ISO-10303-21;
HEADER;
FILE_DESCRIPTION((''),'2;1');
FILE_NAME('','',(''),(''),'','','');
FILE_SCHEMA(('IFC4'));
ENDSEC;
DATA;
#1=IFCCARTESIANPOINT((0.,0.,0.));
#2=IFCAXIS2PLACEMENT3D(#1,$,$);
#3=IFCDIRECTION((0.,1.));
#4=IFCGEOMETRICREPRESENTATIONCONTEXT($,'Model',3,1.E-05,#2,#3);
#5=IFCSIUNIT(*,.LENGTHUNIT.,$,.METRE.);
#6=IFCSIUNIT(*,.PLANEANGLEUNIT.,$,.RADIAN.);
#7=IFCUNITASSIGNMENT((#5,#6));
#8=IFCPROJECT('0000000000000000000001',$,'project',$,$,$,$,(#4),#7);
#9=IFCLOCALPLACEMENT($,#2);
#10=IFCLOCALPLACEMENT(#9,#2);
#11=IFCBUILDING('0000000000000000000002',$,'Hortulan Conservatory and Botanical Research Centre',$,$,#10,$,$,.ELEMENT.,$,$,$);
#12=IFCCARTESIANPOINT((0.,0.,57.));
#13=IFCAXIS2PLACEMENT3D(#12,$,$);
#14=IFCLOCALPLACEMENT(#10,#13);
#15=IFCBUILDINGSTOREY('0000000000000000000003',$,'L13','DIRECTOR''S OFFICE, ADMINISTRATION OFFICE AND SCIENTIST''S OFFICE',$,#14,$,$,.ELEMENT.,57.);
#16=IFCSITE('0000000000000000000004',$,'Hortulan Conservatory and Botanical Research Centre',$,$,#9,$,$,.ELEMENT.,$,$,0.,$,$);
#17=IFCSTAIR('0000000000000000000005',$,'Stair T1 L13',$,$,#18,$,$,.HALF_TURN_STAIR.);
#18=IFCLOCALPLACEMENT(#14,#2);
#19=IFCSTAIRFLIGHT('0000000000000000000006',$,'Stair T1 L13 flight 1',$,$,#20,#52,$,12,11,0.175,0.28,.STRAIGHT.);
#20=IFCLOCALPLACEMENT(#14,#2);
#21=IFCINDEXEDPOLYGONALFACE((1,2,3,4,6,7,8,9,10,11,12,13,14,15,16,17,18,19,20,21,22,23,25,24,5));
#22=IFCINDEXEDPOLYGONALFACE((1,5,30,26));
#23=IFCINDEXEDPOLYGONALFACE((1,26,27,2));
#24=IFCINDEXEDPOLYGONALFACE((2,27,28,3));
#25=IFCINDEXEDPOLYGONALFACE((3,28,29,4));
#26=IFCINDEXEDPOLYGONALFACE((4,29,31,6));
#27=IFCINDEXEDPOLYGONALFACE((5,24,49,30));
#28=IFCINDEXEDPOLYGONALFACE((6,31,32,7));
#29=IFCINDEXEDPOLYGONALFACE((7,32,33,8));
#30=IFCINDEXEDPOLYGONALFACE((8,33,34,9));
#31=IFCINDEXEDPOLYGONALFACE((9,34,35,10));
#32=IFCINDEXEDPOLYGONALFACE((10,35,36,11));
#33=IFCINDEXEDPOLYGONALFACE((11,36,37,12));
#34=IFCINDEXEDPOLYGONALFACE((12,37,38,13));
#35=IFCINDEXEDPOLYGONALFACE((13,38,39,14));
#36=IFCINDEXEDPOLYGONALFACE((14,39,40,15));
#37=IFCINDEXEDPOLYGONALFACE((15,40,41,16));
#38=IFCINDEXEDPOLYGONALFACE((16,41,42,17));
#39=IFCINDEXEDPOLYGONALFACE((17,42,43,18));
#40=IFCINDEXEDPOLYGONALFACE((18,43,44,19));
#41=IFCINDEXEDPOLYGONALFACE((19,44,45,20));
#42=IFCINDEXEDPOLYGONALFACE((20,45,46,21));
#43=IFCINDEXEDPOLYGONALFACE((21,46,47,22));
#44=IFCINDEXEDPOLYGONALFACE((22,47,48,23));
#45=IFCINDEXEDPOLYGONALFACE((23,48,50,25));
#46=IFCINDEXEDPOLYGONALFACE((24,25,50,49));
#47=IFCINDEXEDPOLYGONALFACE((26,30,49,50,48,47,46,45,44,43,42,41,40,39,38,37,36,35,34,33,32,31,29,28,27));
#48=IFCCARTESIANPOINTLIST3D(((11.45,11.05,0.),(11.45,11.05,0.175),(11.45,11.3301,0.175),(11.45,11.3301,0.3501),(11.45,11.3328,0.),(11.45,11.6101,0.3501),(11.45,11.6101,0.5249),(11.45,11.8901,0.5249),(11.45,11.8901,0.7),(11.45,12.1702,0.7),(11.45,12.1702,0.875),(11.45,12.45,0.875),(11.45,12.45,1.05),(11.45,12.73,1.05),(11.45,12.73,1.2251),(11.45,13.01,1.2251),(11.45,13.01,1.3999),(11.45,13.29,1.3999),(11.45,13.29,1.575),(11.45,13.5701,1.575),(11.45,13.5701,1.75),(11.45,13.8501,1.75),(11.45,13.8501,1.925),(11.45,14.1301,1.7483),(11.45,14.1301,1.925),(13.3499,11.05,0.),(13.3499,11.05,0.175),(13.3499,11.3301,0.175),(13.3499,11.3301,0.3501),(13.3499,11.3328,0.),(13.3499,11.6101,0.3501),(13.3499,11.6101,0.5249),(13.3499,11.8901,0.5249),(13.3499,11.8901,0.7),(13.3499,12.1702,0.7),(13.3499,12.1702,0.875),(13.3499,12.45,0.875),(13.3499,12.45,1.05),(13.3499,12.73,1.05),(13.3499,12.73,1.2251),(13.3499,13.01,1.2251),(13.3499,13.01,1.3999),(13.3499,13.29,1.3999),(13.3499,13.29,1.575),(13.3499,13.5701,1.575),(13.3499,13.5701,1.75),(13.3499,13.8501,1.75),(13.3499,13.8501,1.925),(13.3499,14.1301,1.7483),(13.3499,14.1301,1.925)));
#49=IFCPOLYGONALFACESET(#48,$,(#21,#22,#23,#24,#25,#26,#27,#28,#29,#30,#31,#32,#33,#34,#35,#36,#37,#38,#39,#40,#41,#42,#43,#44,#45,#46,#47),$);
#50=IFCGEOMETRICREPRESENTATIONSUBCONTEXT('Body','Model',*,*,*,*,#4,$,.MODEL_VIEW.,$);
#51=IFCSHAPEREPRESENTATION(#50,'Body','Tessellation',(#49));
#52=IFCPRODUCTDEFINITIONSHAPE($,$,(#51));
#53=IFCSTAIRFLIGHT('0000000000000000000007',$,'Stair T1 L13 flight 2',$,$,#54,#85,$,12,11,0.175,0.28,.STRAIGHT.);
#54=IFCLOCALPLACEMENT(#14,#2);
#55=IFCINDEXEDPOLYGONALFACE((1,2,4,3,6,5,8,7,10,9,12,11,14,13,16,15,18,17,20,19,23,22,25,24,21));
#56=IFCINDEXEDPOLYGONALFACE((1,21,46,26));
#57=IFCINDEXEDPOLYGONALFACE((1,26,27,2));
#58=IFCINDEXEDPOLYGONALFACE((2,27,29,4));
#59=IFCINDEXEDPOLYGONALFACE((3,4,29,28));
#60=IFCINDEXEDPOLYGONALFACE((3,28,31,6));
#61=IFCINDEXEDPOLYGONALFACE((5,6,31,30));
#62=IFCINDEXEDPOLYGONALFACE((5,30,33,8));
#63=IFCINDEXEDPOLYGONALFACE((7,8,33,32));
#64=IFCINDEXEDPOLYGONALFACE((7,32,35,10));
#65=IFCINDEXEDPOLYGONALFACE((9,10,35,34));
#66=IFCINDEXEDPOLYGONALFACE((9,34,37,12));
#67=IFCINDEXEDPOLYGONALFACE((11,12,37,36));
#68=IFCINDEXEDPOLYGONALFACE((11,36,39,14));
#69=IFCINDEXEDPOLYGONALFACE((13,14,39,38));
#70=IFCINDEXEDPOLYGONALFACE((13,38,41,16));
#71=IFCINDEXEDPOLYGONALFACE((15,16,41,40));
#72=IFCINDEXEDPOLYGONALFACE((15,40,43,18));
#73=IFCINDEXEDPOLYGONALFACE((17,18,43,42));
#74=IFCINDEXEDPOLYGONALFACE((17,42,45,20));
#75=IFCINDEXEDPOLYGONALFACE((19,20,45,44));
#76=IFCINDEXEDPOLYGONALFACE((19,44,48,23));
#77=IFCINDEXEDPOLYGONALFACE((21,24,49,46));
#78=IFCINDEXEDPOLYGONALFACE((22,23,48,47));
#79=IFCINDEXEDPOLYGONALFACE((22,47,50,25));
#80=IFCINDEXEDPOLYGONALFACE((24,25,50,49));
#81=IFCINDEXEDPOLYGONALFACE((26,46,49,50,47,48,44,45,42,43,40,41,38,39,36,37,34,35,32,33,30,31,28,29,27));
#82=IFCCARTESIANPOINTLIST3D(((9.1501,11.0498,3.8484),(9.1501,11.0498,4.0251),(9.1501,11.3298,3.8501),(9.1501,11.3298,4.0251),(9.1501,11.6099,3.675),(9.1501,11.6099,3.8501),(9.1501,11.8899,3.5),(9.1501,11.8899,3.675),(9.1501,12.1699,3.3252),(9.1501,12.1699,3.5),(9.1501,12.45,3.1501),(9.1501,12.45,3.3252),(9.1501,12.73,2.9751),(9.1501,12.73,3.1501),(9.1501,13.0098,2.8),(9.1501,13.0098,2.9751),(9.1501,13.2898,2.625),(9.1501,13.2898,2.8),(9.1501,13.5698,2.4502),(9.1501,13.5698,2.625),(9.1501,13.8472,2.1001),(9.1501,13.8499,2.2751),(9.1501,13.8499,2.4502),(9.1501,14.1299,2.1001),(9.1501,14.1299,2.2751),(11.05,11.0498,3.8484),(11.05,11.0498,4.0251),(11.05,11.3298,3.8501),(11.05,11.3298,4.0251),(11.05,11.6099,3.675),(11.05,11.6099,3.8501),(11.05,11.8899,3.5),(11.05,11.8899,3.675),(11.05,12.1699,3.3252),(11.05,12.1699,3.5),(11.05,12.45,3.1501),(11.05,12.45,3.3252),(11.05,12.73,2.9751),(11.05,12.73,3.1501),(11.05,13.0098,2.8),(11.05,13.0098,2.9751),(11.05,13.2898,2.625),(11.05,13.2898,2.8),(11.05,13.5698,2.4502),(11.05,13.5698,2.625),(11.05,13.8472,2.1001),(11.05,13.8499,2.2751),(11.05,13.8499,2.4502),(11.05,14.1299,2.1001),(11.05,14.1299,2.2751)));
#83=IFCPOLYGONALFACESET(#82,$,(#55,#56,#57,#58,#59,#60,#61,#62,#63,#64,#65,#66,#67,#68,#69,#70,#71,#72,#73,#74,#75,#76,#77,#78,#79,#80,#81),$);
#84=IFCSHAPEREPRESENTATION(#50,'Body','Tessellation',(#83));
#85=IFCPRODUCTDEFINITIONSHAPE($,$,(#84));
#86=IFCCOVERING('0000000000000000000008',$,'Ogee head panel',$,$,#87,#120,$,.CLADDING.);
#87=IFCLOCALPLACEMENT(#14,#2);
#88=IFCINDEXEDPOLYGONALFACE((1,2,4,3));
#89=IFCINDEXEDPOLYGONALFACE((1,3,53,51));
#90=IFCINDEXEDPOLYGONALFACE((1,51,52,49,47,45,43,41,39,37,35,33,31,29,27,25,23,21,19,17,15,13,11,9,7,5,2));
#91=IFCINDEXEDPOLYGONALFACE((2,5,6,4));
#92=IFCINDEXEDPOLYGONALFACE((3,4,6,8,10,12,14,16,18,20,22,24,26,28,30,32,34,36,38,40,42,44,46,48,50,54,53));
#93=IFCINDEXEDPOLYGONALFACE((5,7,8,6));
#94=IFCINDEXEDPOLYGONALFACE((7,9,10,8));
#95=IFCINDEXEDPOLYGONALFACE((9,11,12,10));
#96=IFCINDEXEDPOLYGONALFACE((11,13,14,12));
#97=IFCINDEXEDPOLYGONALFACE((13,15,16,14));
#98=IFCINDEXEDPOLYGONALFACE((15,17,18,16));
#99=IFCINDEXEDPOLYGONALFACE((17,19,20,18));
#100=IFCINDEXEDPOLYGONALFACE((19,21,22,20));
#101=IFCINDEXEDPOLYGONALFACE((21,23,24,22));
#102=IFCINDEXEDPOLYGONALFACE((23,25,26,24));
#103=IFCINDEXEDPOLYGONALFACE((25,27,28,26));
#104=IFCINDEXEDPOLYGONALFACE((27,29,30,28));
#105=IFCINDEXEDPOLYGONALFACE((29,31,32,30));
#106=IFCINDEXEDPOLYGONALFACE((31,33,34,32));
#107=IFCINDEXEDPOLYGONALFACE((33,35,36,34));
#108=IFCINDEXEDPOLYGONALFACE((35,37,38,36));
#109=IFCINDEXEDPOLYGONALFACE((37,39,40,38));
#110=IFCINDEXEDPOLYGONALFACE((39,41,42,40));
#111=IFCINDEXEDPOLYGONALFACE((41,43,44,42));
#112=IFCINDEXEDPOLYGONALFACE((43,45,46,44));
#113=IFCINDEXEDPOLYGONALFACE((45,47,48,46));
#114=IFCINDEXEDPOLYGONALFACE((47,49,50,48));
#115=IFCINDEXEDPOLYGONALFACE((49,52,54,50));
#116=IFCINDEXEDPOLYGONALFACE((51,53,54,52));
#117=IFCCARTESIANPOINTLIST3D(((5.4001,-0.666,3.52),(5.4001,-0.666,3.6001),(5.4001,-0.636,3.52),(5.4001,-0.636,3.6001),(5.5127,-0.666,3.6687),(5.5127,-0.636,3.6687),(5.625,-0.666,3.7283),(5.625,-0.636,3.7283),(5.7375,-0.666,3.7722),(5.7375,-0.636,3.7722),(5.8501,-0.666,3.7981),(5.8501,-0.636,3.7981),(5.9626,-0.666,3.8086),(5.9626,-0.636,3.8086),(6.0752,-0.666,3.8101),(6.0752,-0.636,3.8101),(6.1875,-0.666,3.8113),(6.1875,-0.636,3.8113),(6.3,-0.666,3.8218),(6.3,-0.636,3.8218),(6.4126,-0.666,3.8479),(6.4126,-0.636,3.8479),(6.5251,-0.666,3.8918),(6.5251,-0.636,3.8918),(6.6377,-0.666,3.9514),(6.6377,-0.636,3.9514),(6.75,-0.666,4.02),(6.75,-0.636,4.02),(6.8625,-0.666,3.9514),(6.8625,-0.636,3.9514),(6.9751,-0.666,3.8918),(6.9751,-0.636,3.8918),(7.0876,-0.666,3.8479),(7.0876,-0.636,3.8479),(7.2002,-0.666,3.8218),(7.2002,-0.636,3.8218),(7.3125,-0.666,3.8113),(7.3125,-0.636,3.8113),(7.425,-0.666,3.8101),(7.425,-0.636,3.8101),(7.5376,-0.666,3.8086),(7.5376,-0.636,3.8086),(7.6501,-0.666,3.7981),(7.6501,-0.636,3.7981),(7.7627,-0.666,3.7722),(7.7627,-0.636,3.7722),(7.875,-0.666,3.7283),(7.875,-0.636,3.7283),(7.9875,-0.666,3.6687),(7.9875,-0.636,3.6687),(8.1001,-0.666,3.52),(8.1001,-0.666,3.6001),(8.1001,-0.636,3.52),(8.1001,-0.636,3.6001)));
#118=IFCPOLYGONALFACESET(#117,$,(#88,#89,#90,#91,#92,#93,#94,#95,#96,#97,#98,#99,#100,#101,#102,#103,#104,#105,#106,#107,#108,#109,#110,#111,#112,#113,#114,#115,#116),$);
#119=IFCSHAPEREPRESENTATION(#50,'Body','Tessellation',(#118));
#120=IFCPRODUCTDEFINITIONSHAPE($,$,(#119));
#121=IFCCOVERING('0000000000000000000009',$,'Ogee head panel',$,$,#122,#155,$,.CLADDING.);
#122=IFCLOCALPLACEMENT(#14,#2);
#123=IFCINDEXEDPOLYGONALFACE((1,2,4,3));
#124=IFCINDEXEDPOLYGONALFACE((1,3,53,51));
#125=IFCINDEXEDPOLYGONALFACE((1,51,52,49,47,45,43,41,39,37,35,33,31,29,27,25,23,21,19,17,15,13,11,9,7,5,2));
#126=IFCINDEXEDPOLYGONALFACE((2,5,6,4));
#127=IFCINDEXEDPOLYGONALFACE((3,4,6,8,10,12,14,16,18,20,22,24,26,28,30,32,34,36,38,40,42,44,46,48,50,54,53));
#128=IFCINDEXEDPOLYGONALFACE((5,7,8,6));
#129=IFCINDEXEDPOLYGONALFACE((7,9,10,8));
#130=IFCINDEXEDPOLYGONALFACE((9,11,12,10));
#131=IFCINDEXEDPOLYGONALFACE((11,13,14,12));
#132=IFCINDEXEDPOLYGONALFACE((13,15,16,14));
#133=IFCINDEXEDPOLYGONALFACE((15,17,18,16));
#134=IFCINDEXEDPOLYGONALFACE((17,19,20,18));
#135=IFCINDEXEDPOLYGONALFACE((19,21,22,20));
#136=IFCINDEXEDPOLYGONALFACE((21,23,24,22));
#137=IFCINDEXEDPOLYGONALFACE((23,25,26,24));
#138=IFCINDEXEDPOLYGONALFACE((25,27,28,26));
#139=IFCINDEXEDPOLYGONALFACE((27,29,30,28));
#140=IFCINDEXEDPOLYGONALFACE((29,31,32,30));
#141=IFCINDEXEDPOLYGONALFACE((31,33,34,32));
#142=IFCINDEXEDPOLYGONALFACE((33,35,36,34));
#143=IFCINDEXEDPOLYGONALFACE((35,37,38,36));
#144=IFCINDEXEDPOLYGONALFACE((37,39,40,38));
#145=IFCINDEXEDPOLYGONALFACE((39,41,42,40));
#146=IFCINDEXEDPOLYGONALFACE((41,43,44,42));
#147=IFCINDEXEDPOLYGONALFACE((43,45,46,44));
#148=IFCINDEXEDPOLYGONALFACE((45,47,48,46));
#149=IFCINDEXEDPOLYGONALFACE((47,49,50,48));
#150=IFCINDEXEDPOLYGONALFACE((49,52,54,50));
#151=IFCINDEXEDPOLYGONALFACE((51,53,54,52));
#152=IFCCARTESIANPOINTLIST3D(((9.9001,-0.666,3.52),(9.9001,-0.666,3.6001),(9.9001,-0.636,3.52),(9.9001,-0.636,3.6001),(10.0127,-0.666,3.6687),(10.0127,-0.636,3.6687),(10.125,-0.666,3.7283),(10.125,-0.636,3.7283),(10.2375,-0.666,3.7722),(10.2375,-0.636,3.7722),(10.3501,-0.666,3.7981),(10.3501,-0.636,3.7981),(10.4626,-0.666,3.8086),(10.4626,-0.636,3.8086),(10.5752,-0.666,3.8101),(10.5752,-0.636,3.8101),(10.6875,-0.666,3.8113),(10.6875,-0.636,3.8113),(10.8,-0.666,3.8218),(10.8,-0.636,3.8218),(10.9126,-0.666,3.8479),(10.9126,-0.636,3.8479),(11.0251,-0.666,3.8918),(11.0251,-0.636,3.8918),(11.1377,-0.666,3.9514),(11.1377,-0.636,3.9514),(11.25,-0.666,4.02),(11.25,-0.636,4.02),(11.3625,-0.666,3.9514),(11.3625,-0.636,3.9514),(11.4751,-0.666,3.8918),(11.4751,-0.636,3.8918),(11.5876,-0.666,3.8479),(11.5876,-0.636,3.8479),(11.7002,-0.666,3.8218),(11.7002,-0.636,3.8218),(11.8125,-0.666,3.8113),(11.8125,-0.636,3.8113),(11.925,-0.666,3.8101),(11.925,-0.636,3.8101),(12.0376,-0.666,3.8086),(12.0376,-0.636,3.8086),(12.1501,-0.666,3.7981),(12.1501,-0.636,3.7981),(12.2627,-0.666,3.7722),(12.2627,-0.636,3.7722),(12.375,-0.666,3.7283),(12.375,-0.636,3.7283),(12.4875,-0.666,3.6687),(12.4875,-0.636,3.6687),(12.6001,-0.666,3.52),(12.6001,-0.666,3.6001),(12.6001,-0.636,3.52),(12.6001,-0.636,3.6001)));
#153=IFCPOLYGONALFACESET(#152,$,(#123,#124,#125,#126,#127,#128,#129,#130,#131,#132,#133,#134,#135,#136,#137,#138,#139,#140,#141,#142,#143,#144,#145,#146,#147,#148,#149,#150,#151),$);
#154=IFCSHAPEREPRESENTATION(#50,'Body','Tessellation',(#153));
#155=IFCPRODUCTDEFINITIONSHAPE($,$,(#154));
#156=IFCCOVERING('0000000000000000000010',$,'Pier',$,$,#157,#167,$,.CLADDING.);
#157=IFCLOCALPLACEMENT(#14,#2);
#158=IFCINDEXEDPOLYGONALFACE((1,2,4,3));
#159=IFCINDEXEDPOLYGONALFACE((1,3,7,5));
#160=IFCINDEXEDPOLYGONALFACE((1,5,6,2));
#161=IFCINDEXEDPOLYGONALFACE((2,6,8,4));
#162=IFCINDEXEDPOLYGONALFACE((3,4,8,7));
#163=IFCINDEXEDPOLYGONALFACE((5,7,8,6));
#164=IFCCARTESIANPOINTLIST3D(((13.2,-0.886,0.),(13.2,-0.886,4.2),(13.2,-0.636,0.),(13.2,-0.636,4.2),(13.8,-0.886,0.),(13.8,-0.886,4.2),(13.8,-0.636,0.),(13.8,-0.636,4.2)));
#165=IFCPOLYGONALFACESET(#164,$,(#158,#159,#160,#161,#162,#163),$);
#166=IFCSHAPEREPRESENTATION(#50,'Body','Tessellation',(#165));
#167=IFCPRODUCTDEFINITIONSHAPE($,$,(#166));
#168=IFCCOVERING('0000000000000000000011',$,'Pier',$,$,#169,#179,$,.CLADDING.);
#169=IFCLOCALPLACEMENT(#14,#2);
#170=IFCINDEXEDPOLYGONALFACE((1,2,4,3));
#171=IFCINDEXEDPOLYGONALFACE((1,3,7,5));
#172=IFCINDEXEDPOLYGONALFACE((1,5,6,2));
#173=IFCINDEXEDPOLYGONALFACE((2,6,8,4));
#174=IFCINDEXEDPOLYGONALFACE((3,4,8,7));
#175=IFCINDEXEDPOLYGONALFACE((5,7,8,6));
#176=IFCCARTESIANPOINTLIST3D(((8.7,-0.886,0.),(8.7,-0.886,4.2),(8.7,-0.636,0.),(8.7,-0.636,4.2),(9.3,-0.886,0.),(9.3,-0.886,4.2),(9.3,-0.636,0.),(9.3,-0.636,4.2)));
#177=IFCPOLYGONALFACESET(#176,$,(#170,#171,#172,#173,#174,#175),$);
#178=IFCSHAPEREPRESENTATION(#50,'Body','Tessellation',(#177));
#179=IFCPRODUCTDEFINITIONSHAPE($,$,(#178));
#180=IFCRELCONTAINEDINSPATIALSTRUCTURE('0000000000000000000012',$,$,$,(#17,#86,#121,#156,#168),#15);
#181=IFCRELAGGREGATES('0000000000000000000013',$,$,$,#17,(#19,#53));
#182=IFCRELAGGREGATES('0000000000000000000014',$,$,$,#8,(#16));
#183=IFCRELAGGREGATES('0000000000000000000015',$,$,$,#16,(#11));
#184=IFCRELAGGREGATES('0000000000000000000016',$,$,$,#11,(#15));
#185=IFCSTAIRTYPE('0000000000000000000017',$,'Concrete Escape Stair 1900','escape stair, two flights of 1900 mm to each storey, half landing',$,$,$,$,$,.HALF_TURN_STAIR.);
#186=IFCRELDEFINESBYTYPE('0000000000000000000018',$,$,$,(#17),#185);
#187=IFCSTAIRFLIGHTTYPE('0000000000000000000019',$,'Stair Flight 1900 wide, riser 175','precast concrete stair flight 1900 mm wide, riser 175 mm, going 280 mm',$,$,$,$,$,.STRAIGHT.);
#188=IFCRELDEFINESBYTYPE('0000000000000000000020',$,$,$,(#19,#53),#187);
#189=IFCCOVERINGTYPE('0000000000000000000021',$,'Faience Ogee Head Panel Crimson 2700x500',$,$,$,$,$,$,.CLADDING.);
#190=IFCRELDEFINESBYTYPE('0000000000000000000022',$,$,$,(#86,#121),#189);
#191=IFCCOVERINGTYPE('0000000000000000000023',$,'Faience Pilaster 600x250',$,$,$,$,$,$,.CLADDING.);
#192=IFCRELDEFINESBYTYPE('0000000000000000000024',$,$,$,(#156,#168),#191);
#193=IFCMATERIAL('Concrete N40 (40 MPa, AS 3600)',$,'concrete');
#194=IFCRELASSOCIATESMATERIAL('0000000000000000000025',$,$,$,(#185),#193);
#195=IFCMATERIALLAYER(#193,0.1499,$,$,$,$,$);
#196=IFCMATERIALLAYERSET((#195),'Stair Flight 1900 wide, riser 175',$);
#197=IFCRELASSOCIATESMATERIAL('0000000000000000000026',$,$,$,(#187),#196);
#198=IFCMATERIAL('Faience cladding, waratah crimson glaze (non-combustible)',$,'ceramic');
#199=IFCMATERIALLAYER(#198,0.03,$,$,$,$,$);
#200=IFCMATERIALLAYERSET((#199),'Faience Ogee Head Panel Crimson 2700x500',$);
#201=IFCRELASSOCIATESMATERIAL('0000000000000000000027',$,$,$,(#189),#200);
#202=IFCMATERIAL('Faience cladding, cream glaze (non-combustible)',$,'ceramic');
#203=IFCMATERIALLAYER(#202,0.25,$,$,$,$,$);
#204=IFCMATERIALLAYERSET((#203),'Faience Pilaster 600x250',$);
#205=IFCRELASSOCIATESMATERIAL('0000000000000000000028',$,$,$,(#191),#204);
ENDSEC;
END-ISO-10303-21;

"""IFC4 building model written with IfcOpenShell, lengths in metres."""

from ifc_helpers import new_model, si_unit, direction, frame, origin, origin_2d, place, context, subcontext, project, spatial, polyline, rectangle, outline, extrude, material, layer, layer_set, type_object, element, aggregate, save


model = new_model("IFC4")

# Units and contexts
model_context = context("Model", 3, precision=1e-05, world=origin(), true_north=direction((0.0, 1.0)))
body_context = subcontext(model_context, "Body", "Model", "MODEL_VIEW")
ifc_project = project(units=[si_unit("LENGTHUNIT", "METRE"), si_unit("PLANEANGLEUNIT", "RADIAN")], contexts=[model_context])

# Site, building, storey
site_placement = place(None, origin())
site = spatial("IfcSite", under=ifc_project, at=site_placement, Name="Hortulan Conservatory and Botanical Research Centre", CompositionType="ELEMENT", RefElevation=0.0)
building_placement = place(site_placement, origin())
building = spatial("IfcBuilding", under=site, at=building_placement, Name="Hortulan Conservatory and Botanical Research Centre", CompositionType="ELEMENT")
storey_placement = place(building_placement, frame((0.0, 0.0, 57.0)))
storey = spatial("IfcBuildingStorey", under=building, at=storey_placement, Name="L13", Description="DIRECTOR'S OFFICE, ADMINISTRATION OFFICE AND SCIENTIST'S OFFICE", CompositionType="ELEMENT", Elevation=57.0)

# Shared definitions
ifc_material_1 = material(Name="Concrete N40 (40 MPa, AS 3600)", Category="concrete")

# Stair, stair flights
stair_type = type_object("IfcStairType", Name="Concrete Escape Stair 1900", Description="escape stair, two flights of 1900 mm to each storey, half landing", PredefinedType="HALF_TURN_STAIR", material=ifc_material_1)
stair_placement = place(storey_placement, origin())
stair = element("IfcStair", 1, at=stair_placement, inside=storey, type_object=stair_type, Name="Stair T1 L13", PredefinedType="HALF_TURN_STAIR")
ifc_layer_1 = layer(ifc_material_1, 0.1499)
ifc_layer_set_1 = layer_set([ifc_layer_1], Name="Stair Flight 1900 wide, riser 175")
stair_flight_type = type_object("IfcStairFlightType", Name="Stair Flight 1900 wide, riser 175", Description="precast concrete stair flight 1900 mm wide, riser 175 mm, going 280 mm", PredefinedType="STRAIGHT", material=ifc_layer_set_1)
stair_flight_1_placement = place(storey_placement, frame((12.3999, 11.05, 0.0), z_axis=(0.0, 0.0, 1.0), x_axis=(0.0, 1.0, 0.0)))
stair_flight_1 = element("IfcStairFlight", 2, at=stair_flight_1_placement, type_object=stair_flight_type, Name="Stair T1 L13 flight 1", NumberOfRisers=12, NumberOfTreads=11, PredefinedType="STRAIGHT", RiserHeight=0.175, TreadLength=0.28, context=body_context, shape_type="SweptSolid", body=[
    extrude(outline(polyline([(0.0, 0.0), (0.0, 0.175), (0.28, 0.175), (0.28, 0.3501), (0.5601, 0.3501), (0.5601, 0.5249), (0.8401, 0.5249), (0.8401, 0.7), (1.1201, 0.7), (1.1201, 0.875), (1.3999, 0.875), (1.3999, 1.05), (1.6799, 1.05), (1.6799, 1.2251), (1.96, 1.2251), (1.96, 1.3999), (2.24, 1.3999), (2.24, 1.575), (2.52, 1.575), (2.52, 1.75), (2.8, 1.75), (2.8, 1.925), (3.0801, 1.925), (3.0801, 2.1001), (3.0801, 1.7483), (0.2827, 0.0), (0.0, 0.0)])), frame((0.0, 0.95, 0.0), z_axis=(0.0, -1.0, 0.0), x_axis=(1.0, 0.0, 0.0)), (0.0, 0.0, 1.0), 1.8999),
])
stair_flight_2_placement = place(storey_placement, frame((10.1001, 14.1299, 2.1001), z_axis=(0.0, 0.0, 1.0), x_axis=(0.0, -1.0, 0.0)))
stair_flight_2 = element("IfcStairFlight", 3, at=stair_flight_2_placement, type_object=stair_flight_type, Name="Stair T1 L13 flight 2", NumberOfRisers=12, NumberOfTreads=11, PredefinedType="STRAIGHT", RiserHeight=0.175, TreadLength=0.28, context=body_context, shape_type="SweptSolid", body=[
    extrude(outline(polyline([(0.0, 0.0), (0.0, 0.175), (0.28, 0.175), (0.28, 0.3501), (0.5601, 0.3501), (0.5601, 0.5249), (0.8401, 0.5249), (0.8401, 0.7), (1.1201, 0.7), (1.1201, 0.875), (1.3999, 0.875), (1.3999, 1.05), (1.6799, 1.05), (1.6799, 1.2251), (1.96, 1.2251), (1.96, 1.3999), (2.24, 1.3999), (2.24, 1.575), (2.52, 1.575), (2.52, 1.75), (2.8, 1.75), (2.8, 1.925), (3.0801, 1.925), (3.0801, 2.1001), (3.0801, 1.7483), (0.2827, 0.0), (0.0, 0.0)])), frame((0.0, 0.95, 0.0), z_axis=(0.0, -1.0, 0.0), x_axis=(1.0, 0.0, 0.0)), (0.0, 0.0, 1.0), 1.8999),
])
aggregate(stair, [stair_flight_1, stair_flight_2])

# Coverings
ifc_material_2 = material(Name="Faience cladding, waratah crimson glaze (non-combustible)", Category="ceramic")
ifc_layer_2 = layer(ifc_material_2, 0.03)
ifc_layer_set_2 = layer_set([ifc_layer_2], Name="Faience Ogee Head Panel Crimson 2700x500")
covering_type_1 = type_object("IfcCoveringType", Name="Faience Ogee Head Panel Crimson 2700x500", PredefinedType="CLADDING", material=ifc_layer_set_2)
for number, where, z_axis, x_axis, name in (
    (4, (8.1001, -0.6509, 3.52), (0.0, 0.0, 1.0), (-1.0, 0.0, 0.0), "Ogee head panel"),
    (5, (12.6001, -0.6509, 3.52), (0.0, 0.0, 1.0), (-1.0, 0.0, 0.0), "Ogee head panel"),
):
    element("IfcCovering", number, at=place(storey_placement, frame(where, z_axis=z_axis, x_axis=x_axis)), inside=storey, type_object=covering_type_1, Name=name, PredefinedType="CLADDING", context=body_context, shape_type="SweptSolid", body=[
        extrude(outline(polyline([(0.0, 0.0), (2.7, 0.0), (2.7, 0.0801), (2.5874, 0.1487), (2.4751, 0.2083), (2.3625, 0.2522), (2.25, 0.2781), (2.1375, 0.2886), (2.0249, 0.29), (1.9126, 0.2913), (1.8, 0.3018), (1.6875, 0.3279), (1.575, 0.3718), (1.4624, 0.4314), (1.3501, 0.5), (1.2375, 0.4314), (1.125, 0.3718), (1.0125, 0.3279), (0.8999, 0.3018), (0.7876, 0.2913), (0.675, 0.29), (0.5625, 0.2886), (0.45, 0.2781), (0.3374, 0.2522), (0.2251, 0.2083), (0.1125, 0.1487), (0.0, 0.0801), (0.0, 0.0)])), frame((0.0, 0.0151, 0.0), z_axis=(0.0, -1.0, 0.0), x_axis=(1.0, 0.0, 0.0)), (0.0, 0.0, 1.0), 0.03),
    ])
ifc_material_3 = material(Name="Faience cladding, cream glaze (non-combustible)", Category="ceramic")
ifc_layer_3 = layer(ifc_material_3, 0.25)
ifc_layer_set_3 = layer_set([ifc_layer_3], Name="Faience Pilaster 600x250")
covering_type_2 = type_object("IfcCoveringType", Name="Faience Pilaster 600x250", PredefinedType="CLADDING", material=ifc_layer_set_3)
for number, where, z_axis, x_axis, name in (
    (6, (13.5, -0.761, 0.0), (0.0, 0.0, 1.0), (-1.0, 0.0, 0.0), "Pier"),
    (7, (9.0, -0.761, 0.0), (0.0, 0.0, 1.0), (-1.0, 0.0, 0.0), "Pier"),
):
    element("IfcCovering", number, at=place(storey_placement, frame(where, z_axis=z_axis, x_axis=x_axis)), inside=storey, type_object=covering_type_2, Name=name, PredefinedType="CLADDING", context=body_context, shape_type="SweptSolid", body=[
        extrude(rectangle(XDim=0.6001, YDim=0.25, at=origin_2d()), origin(), (0.0, 0.0, 1.0), 4.2),
    ])

save(model, "model.ifc")
